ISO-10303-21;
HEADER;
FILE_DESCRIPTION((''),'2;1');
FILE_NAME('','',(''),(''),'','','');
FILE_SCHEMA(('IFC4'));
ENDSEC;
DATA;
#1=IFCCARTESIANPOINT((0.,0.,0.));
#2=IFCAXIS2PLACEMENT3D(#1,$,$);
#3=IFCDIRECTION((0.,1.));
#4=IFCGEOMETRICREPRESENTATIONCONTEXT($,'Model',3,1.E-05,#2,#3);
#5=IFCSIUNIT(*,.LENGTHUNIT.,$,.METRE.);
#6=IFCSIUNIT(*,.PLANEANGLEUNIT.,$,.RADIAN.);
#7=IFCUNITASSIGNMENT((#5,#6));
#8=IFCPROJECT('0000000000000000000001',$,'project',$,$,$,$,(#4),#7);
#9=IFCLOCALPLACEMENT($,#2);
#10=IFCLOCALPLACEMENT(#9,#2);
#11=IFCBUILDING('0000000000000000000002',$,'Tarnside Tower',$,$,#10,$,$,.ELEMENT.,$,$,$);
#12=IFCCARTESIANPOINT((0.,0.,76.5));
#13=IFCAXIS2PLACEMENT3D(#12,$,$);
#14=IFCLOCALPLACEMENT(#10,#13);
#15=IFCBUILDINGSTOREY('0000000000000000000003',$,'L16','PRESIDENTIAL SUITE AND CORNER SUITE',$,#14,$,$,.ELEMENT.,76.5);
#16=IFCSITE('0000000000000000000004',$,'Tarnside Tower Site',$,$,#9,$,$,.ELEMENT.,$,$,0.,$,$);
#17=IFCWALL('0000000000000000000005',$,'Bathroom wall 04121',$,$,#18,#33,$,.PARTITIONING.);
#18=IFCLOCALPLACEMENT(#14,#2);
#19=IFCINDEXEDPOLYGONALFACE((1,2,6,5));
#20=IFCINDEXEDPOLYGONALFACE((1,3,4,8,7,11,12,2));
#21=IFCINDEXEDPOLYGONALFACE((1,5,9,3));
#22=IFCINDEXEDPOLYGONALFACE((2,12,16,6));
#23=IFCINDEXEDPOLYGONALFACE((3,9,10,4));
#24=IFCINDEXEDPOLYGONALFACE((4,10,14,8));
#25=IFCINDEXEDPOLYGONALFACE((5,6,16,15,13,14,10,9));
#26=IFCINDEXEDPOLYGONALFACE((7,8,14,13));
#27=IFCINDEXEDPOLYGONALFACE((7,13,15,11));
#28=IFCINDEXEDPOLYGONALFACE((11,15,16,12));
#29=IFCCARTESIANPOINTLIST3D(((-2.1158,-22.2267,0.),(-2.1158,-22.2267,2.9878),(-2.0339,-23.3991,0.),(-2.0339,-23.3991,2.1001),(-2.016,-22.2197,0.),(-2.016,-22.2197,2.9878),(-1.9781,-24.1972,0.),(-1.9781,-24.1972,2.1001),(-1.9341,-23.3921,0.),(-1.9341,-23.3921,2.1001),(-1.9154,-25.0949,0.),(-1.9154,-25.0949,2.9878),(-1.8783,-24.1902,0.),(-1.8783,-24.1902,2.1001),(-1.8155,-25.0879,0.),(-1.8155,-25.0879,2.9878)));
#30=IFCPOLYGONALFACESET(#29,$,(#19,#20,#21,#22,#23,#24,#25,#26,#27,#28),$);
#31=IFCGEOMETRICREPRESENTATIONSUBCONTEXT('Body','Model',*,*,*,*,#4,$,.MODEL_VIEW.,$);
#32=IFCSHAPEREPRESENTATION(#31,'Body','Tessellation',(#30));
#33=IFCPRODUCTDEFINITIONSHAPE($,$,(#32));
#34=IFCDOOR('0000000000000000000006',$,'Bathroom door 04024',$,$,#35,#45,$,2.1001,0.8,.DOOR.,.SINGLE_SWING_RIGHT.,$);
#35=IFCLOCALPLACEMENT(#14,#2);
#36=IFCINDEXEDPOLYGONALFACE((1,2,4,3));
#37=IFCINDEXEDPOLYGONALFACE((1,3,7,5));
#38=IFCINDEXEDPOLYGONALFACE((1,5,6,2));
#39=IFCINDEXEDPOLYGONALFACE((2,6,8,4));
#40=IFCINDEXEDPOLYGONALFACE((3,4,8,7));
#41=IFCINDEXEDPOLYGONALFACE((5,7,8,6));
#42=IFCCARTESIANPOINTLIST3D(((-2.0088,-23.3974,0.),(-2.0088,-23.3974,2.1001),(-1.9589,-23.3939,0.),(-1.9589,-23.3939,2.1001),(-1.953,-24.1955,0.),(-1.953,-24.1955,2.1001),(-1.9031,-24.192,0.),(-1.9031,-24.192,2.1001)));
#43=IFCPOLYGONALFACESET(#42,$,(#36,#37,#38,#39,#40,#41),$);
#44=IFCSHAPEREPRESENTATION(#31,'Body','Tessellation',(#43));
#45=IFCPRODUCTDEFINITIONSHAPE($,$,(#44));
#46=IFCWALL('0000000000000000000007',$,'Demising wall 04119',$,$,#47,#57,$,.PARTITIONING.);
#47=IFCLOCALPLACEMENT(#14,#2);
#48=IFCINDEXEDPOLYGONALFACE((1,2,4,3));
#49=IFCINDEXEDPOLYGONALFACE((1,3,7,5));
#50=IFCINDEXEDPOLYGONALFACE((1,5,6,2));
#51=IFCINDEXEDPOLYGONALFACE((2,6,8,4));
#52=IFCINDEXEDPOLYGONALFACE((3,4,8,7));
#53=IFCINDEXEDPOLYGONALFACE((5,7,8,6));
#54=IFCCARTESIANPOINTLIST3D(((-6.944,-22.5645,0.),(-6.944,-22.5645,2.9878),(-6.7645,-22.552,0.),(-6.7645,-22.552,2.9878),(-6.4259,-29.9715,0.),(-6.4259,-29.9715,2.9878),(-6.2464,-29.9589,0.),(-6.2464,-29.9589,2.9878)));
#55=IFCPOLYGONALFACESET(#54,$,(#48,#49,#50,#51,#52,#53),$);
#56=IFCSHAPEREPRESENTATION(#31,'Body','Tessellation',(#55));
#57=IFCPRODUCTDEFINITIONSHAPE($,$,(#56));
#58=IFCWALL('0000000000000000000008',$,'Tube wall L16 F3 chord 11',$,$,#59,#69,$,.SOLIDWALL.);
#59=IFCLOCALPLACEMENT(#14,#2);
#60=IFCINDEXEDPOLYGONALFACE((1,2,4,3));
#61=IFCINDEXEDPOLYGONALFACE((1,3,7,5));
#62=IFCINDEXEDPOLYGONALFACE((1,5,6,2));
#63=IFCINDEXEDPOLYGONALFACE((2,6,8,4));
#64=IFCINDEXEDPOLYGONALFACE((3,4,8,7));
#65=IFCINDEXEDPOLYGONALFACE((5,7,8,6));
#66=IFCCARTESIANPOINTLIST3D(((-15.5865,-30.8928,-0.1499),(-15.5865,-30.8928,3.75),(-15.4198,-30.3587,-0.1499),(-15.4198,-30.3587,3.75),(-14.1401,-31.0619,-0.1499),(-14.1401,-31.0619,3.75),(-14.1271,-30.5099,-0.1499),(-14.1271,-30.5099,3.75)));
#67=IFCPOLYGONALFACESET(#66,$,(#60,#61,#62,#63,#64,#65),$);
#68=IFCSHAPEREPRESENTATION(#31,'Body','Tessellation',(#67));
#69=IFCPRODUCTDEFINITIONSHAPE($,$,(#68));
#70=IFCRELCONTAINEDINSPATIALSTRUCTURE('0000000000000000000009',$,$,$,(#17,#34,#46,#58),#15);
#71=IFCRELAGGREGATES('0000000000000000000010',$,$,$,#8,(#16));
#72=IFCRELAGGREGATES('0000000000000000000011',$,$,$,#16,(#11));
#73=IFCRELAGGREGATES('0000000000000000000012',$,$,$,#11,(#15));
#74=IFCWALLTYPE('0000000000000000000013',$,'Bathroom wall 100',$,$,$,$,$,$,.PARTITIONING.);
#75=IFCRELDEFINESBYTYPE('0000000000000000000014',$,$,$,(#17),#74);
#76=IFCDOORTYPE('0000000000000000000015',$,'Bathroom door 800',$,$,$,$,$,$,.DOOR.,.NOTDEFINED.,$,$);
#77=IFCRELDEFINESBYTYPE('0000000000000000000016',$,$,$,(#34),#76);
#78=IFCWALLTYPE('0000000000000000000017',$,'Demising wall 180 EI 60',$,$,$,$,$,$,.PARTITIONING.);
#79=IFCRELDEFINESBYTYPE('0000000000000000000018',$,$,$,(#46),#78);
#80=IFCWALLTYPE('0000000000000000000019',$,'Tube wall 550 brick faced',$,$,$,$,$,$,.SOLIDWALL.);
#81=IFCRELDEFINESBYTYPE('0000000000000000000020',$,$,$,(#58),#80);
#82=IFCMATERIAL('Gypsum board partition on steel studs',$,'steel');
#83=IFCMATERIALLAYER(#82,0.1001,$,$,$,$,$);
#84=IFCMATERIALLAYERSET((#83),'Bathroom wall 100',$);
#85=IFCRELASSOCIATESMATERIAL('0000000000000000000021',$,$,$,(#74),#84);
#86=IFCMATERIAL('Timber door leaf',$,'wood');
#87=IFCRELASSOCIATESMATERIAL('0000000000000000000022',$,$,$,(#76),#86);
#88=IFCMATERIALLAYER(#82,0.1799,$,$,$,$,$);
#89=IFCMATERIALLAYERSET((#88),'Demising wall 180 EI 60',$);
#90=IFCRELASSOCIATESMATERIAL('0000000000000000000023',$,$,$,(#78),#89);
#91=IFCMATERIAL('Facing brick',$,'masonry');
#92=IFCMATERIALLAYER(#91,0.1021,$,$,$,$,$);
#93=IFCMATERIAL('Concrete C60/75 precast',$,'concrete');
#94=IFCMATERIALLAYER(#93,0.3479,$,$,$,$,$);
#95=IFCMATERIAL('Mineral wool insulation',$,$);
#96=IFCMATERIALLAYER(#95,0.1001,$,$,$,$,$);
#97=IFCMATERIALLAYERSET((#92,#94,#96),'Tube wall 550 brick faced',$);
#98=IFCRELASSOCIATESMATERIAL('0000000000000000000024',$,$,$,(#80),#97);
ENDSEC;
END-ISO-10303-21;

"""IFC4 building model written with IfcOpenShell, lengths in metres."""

from ifc_helpers import new_model, si_unit, direction, frame, frame_2d, origin, place, context, subcontext, project, spatial, polyline, rectangle, outline, extrude, material, layer, layer_set, type_object, element, fill, save


model = new_model("IFC4")

# Units and contexts
model_context = context("Model", 3, precision=1e-05, world=origin(), true_north=direction((0.0, 1.0)))
body_context = subcontext(model_context, "Body", "Model", "MODEL_VIEW")
ifc_project = project(units=[si_unit("LENGTHUNIT", "METRE"), si_unit("PLANEANGLEUNIT", "RADIAN")], contexts=[model_context])

# Site, building, storey
site_placement = place(None, origin())
site = spatial("IfcSite", under=ifc_project, at=site_placement, Name="Tarnside Tower Site", CompositionType="ELEMENT", RefElevation=0.0)
building_placement = place(site_placement, origin())
building = spatial("IfcBuilding", under=site, at=building_placement, Name="Tarnside Tower", CompositionType="ELEMENT")
storey_placement = place(building_placement, frame((0.0, 0.0, 76.5)))
storey = spatial("IfcBuildingStorey", under=building, at=storey_placement, Name="L16", Description="PRESIDENTIAL SUITE AND CORNER SUITE", CompositionType="ELEMENT", Elevation=76.5)

# Wall, opening, door
ifc_material_1 = material(Name="Gypsum board partition on steel studs", Category="steel")
ifc_layer_1 = layer(ifc_material_1, 0.1001)
ifc_layer_set_1 = layer_set([ifc_layer_1], Name="Bathroom wall 100")
wall_type_1 = type_object("IfcWallType", Name="Bathroom wall 100", PredefinedType="PARTITIONING", material=ifc_layer_set_1)
wall_1_placement = place(storey_placement, frame((-1.8655, -25.0913, 0.0), z_axis=(0.0, 0.0, 1.0), x_axis=(-0.069714, 0.997567, 0.0)))
wall_1 = element("IfcWall", 1, at=wall_1_placement, inside=storey, type_object=wall_type_1, Name="Bathroom wall 04121", PredefinedType="PARTITIONING", context=body_context, shape_type="SweptSolid", body=[
    extrude(rectangle(XDim=2.8752, YDim=0.1001, at=frame_2d((1.4375, 0.0))), origin(), (0.0, 0.0, 1.0), 2.9878),
])
opening_1_placement = place(wall_1_placement, frame((0.8999, 0.0, 0.0)))
opening_1 = element("IfcOpeningElement", 2, at=opening_1_placement, cuts=wall_1, PredefinedType="OPENING", context=body_context, shape_type="SweptSolid", body=[
    extrude(rectangle(XDim=0.8, YDim=2.1001, at=frame_2d((0.3999, 1.05))), frame((0.0, 0.0601, 0.0), z_axis=(0.0, -1.0, 0.0), x_axis=(1.0, 0.0, 0.0)), (0.0, 0.0, 1.0), 0.1201),
])
ifc_material_2 = material(Name="Timber door leaf", Category="wood")
door_type = type_object("IfcDoorType", Name="Bathroom door 800", OperationType="NOTDEFINED", PredefinedType="DOOR", material=ifc_material_2)
door_placement = place(opening_1_placement, origin())
door = element("IfcDoor", 3, at=door_placement, inside=storey, type_object=door_type, Name="Bathroom door 04024", OperationType="SINGLE_SWING_RIGHT", OverallHeight=2.1001, OverallWidth=0.8, PredefinedType="DOOR", context=body_context, shape_type="SweptSolid", body=[
    extrude(rectangle(XDim=0.8, YDim=2.1001, at=frame_2d((0.3999, 1.05))), frame((0.0, 0.0249, 0.0), z_axis=(0.0, -1.0, 0.0), x_axis=(1.0, 0.0, 0.0)), (0.0, 0.0, 1.0), 0.05),
])
fill(opening_1, door)

# Walls
ifc_layer_2 = layer(ifc_material_1, 0.1799)
ifc_layer_set_2 = layer_set([ifc_layer_2], Name="Demising wall 180 EI 60")
wall_type_2 = type_object("IfcWallType", Name="Demising wall 180 EI 60", PredefinedType="PARTITIONING", material=ifc_layer_set_2)
wall_2_placement = place(storey_placement, frame((-6.3362, -29.9651, 0.0), z_axis=(0.0, 0.0, 1.0), x_axis=(-0.069773, 0.997563, 0.0)))
element("IfcWall", 4, at=wall_2_placement, inside=storey, type_object=wall_type_2, Name="Demising wall 04119", PredefinedType="PARTITIONING", context=body_context, shape_type="SweptSolid", body=[
    extrude(rectangle(XDim=7.425, YDim=0.1799, at=frame_2d((3.7124, 0.0))), origin(), (0.0, 0.0, 1.0), 2.9878),
])
ifc_material_3 = material(Name="Facing brick", Category="masonry")
ifc_layer_3 = layer(ifc_material_3, 0.1021)
ifc_material_4 = material(Name="Concrete C60/75 precast", Category="concrete")
ifc_layer_4 = layer(ifc_material_4, 0.3479)
ifc_material_5 = material(Name="Mineral wool insulation")
ifc_layer_5 = layer(ifc_material_5, 0.1001)
ifc_layer_set_3 = layer_set([ifc_layer_3, ifc_layer_4, ifc_layer_5], Name="Tube wall 550 brick faced")
wall_type_3 = type_object("IfcWallType", Name="Tube wall 550 brick faced", PredefinedType="SOLIDWALL", material=ifc_layer_set_3)
wall_3_placement = place(storey_placement, frame((-15.5032, -30.6257, -0.1499), z_axis=(0.0, 0.0, 1.0), x_axis=(0.993233, -0.116143, 0.0)))
element("IfcWall", 5, at=wall_3_placement, inside=storey, type_object=wall_type_3, Name="Tube wall L16 F3 chord 11", PredefinedType="SOLIDWALL", context=body_context, shape_type="SweptSolid", body=[
    extrude(outline(polyline([(-0.0518, -0.2749), (1.4045, -0.2749), (1.3533, 0.2749), (0.0518, 0.2749), (-0.0518, -0.2749)])), origin(), (0.0, 0.0, 1.0), 3.8999),
])

save(model, "model.ifc")
